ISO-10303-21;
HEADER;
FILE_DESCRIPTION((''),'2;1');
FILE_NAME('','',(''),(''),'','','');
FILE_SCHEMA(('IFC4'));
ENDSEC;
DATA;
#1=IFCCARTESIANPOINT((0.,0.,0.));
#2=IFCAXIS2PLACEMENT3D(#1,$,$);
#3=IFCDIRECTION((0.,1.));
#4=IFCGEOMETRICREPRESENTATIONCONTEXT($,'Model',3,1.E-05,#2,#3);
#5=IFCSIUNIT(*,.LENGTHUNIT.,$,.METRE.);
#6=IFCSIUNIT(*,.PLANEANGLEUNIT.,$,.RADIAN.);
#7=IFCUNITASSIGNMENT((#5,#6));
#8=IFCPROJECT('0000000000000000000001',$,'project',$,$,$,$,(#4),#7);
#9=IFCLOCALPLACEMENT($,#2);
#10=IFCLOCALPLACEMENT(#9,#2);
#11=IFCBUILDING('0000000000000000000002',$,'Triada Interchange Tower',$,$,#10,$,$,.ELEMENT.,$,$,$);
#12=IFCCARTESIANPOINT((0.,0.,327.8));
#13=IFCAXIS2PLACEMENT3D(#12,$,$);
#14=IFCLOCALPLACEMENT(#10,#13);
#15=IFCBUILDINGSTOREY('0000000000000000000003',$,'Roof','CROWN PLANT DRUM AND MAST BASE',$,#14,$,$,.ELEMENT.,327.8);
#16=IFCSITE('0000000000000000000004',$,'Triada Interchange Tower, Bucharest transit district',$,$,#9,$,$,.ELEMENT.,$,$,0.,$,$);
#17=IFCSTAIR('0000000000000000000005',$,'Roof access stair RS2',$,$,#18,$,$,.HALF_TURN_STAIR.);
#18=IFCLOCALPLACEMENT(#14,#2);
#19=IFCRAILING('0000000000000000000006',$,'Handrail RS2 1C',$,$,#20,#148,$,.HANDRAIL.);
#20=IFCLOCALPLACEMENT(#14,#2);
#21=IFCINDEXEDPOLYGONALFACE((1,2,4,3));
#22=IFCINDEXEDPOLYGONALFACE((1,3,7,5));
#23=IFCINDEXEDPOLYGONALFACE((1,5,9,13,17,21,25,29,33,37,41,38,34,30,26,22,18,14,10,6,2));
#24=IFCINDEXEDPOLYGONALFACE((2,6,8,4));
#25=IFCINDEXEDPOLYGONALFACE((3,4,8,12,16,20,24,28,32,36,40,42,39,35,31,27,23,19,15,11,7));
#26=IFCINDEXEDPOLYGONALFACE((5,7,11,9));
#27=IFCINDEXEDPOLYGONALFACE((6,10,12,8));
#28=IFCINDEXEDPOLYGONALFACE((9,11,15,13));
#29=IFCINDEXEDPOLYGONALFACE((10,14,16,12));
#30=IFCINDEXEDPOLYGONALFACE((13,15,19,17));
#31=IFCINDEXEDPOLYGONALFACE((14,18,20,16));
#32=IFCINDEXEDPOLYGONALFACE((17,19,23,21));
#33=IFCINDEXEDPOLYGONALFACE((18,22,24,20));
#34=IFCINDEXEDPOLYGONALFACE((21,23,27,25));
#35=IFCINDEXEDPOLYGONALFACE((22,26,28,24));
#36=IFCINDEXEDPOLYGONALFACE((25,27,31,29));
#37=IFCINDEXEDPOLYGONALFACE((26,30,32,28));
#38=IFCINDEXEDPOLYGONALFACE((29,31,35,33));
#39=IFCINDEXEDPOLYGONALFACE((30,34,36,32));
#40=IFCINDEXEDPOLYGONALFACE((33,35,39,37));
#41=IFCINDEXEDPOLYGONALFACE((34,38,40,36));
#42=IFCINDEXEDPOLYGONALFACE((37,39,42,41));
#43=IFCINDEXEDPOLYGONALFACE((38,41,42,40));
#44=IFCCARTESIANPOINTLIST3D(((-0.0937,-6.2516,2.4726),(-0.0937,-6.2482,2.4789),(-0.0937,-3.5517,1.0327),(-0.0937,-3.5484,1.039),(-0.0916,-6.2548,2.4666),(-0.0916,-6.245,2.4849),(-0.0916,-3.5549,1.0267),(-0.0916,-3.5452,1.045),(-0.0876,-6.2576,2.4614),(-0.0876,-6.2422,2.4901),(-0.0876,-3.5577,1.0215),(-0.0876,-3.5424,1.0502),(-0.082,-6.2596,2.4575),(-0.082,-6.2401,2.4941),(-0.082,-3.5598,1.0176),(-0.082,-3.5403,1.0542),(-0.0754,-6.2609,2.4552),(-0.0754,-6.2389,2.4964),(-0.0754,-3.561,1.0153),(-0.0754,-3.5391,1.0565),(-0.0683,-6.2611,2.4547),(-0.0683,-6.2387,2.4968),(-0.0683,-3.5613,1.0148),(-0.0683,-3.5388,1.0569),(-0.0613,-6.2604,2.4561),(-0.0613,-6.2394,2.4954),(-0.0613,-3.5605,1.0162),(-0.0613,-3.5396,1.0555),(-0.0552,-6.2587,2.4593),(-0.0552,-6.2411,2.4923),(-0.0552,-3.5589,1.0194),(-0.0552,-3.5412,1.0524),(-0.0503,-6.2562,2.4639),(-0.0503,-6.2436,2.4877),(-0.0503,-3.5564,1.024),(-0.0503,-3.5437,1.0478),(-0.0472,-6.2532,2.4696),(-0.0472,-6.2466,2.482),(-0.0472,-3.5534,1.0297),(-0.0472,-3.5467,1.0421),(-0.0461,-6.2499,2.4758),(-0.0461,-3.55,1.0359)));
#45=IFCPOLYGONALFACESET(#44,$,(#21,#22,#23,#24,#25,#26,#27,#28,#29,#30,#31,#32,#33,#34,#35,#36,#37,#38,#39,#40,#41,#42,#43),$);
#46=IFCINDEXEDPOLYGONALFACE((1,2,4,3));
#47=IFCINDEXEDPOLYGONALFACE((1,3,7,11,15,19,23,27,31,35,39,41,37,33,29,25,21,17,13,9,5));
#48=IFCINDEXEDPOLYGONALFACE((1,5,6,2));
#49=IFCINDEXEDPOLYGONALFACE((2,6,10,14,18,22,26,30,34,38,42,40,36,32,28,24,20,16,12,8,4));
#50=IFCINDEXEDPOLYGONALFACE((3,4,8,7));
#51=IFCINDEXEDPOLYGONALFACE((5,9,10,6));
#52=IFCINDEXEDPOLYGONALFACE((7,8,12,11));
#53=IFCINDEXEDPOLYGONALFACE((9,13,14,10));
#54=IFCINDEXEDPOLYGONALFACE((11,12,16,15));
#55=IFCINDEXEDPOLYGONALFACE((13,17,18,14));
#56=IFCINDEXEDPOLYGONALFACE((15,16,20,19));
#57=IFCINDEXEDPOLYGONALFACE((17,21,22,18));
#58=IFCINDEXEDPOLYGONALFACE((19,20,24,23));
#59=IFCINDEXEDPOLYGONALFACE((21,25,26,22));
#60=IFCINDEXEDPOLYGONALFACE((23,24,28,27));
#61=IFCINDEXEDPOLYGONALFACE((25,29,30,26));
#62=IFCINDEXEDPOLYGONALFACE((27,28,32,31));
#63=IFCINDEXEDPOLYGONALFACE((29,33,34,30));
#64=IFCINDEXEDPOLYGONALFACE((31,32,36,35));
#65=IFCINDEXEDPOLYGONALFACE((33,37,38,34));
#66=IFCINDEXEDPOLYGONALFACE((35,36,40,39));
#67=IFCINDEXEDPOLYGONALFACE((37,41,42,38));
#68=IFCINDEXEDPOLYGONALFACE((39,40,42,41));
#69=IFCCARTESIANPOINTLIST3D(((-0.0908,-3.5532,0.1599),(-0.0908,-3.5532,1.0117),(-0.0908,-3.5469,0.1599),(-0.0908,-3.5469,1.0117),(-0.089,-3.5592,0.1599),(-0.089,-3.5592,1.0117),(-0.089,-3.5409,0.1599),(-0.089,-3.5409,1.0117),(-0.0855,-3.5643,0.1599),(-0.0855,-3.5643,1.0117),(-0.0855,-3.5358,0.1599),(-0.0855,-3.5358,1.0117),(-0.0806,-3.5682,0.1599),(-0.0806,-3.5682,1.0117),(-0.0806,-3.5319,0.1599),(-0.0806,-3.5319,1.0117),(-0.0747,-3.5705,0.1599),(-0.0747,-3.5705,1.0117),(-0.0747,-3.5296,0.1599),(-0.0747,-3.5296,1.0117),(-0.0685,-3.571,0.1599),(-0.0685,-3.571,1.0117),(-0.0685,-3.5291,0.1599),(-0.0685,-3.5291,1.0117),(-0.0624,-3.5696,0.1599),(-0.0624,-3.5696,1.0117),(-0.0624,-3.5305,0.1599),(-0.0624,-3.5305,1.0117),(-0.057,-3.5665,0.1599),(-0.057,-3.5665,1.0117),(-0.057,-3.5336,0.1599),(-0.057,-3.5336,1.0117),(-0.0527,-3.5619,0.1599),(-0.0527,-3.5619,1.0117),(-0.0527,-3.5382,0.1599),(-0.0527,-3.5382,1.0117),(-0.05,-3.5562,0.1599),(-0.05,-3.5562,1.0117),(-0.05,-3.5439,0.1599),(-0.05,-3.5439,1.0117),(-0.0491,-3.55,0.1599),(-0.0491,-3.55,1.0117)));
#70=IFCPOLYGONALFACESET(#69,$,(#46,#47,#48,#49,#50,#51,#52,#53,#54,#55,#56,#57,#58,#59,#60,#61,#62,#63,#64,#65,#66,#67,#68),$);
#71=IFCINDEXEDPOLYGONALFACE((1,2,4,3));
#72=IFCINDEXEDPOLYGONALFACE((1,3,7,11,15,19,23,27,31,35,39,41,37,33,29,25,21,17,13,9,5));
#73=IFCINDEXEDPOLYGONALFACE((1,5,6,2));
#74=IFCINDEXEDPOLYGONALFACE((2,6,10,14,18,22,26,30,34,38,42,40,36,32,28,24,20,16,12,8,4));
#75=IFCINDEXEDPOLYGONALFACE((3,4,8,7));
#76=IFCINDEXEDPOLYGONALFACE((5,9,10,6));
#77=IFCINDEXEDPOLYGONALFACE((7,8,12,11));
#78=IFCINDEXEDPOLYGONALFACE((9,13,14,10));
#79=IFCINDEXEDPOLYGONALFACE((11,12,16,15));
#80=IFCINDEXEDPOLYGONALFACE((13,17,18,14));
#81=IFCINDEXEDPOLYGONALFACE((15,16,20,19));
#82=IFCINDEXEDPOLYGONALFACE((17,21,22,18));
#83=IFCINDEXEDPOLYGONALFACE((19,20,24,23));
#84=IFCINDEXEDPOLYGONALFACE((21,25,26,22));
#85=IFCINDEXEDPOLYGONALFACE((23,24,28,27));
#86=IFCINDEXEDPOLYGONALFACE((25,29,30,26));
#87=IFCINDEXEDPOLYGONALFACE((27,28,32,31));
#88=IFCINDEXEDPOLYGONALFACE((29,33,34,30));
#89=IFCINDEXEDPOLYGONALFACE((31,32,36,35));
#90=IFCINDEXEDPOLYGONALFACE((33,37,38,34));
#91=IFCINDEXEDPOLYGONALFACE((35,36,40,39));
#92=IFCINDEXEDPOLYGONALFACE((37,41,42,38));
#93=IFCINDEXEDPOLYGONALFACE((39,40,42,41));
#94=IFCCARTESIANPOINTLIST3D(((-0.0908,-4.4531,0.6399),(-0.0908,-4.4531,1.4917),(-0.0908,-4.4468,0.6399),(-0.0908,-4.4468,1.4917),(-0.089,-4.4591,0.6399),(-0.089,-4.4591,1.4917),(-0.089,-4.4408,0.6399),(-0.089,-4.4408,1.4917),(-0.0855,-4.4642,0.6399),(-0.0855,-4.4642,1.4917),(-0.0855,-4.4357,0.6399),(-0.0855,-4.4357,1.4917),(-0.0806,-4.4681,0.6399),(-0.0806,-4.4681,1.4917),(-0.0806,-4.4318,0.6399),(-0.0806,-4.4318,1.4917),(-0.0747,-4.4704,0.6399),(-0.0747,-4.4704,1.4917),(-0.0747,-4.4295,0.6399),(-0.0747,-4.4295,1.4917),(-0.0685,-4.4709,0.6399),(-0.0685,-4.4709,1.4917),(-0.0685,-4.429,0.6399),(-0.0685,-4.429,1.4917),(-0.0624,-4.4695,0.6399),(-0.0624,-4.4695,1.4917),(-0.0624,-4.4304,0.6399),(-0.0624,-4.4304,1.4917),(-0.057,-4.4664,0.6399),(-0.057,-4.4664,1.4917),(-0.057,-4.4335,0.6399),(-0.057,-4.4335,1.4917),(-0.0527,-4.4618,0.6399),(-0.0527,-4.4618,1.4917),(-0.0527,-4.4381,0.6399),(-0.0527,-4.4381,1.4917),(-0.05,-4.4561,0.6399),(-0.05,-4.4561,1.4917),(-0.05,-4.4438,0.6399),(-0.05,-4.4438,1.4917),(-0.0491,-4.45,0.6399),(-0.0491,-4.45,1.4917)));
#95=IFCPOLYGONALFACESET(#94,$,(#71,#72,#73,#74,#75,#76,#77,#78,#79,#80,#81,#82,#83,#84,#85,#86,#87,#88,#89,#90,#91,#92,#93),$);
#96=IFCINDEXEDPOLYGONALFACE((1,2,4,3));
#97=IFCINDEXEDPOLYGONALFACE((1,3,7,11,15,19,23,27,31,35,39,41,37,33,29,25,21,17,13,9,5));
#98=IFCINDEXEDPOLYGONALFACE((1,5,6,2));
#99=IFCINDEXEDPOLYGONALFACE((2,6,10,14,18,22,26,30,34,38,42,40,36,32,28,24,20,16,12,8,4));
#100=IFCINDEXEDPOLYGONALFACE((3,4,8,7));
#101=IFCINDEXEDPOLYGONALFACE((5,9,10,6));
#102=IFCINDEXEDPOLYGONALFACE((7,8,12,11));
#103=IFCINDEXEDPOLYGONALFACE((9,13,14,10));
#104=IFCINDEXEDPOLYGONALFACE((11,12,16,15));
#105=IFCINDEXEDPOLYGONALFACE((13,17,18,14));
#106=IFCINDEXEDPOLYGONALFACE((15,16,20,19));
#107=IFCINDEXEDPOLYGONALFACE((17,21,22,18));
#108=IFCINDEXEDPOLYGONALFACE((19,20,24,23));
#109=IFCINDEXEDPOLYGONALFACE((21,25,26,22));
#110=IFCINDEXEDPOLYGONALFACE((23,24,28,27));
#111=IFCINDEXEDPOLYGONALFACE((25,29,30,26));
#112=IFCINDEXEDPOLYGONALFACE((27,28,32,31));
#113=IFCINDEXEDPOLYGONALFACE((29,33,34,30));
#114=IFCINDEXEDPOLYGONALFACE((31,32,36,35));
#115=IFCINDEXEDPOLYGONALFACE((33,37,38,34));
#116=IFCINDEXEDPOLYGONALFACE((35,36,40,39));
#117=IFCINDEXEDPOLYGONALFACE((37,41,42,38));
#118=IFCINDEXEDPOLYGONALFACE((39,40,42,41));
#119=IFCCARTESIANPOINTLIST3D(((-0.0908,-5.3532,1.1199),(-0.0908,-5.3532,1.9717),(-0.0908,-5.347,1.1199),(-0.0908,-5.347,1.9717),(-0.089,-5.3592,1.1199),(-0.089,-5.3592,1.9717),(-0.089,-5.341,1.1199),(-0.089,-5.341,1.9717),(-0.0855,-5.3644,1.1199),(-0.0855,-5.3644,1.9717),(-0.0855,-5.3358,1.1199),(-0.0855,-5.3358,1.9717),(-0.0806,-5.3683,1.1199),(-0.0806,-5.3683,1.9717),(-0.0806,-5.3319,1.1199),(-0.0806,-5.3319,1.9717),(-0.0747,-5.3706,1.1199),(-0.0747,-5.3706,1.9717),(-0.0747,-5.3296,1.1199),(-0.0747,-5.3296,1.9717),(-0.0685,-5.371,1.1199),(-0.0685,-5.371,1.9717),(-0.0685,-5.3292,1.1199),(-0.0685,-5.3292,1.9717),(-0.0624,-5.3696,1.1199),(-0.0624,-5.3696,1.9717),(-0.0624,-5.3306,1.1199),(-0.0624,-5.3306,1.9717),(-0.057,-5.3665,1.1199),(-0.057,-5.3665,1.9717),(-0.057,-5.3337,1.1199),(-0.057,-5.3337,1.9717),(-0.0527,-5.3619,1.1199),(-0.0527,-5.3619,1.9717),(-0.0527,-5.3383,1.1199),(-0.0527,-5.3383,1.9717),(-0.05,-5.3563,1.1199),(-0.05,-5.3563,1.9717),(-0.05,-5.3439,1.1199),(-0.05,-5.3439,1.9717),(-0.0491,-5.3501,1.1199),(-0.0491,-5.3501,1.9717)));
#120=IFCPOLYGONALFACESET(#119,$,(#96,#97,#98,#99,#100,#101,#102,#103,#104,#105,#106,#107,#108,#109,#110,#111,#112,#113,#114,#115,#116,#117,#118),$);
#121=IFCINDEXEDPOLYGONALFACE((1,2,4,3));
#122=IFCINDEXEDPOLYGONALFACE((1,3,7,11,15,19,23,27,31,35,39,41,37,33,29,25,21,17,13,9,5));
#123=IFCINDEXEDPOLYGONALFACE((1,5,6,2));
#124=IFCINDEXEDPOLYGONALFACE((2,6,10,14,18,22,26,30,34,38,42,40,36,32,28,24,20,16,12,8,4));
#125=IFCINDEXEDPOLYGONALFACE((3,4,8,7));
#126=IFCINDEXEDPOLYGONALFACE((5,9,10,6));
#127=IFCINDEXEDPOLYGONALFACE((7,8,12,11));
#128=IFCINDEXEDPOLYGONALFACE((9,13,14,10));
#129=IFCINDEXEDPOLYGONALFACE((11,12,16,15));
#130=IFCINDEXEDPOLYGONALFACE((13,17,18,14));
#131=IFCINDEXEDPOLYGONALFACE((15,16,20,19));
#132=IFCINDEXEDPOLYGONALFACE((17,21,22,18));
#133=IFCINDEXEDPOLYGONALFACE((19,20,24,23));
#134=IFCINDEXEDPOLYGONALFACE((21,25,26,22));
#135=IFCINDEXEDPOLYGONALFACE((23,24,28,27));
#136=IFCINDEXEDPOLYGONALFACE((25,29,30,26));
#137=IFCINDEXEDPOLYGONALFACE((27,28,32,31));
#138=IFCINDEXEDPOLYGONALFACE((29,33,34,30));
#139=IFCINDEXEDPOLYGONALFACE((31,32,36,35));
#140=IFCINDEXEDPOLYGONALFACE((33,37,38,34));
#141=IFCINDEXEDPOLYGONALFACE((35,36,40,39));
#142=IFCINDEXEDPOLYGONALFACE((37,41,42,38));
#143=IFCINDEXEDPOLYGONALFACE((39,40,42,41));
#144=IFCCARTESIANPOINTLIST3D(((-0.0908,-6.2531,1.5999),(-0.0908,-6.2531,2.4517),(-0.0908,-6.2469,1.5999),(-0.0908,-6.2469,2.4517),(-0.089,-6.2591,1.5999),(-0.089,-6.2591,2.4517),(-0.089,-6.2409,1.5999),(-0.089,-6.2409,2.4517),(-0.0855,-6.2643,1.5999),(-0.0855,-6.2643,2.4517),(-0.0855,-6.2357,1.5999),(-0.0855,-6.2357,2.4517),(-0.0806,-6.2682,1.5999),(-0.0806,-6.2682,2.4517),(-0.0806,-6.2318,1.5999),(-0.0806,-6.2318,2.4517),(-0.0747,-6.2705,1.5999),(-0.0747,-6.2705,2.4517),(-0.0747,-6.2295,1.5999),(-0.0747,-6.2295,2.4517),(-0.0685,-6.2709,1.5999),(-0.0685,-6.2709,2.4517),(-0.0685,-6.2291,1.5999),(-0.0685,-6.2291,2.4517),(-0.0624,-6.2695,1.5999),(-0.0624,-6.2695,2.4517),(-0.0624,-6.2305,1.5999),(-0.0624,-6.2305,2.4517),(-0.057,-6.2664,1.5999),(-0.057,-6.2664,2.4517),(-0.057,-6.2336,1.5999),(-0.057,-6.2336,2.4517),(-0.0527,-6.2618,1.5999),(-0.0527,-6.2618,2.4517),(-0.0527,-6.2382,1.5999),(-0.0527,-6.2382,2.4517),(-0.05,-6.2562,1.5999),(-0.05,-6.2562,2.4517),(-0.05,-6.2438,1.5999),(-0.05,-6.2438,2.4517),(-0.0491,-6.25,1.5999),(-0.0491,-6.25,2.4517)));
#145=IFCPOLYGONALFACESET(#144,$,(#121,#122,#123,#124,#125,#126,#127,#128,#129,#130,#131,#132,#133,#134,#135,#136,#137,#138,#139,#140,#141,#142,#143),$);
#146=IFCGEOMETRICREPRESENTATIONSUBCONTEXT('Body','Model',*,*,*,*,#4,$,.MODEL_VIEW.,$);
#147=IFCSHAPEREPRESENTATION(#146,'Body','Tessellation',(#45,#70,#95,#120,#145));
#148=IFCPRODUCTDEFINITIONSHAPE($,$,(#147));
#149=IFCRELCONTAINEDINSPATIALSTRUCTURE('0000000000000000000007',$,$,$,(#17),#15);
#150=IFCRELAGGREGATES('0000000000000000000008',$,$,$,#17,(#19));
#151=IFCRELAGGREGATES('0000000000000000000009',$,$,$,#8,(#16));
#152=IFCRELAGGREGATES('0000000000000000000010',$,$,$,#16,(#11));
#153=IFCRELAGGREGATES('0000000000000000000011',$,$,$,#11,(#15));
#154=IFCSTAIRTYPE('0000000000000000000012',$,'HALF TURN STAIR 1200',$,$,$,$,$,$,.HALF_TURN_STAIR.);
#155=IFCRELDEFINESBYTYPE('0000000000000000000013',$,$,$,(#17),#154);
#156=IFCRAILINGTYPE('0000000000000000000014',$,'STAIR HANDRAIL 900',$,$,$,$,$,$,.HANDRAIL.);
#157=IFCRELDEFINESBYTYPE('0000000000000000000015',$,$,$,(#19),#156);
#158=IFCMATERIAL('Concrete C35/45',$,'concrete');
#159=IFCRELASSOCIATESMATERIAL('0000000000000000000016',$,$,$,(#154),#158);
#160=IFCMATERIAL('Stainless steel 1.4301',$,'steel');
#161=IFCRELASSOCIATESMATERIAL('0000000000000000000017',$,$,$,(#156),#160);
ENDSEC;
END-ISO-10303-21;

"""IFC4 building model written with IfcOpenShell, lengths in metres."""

from ifc_helpers import new_model, si_unit, direction, frame, origin, origin_2d, place, context, subcontext, project, spatial, circle, extrude, material, type_object, element, aggregate, save


model = new_model("IFC4")

# Units and contexts
model_context = context("Model", 3, precision=1e-05, world=origin(), true_north=direction((0.0, 1.0)))
body_context = subcontext(model_context, "Body", "Model", "MODEL_VIEW")
ifc_project = project(units=[si_unit("LENGTHUNIT", "METRE"), si_unit("PLANEANGLEUNIT", "RADIAN")], contexts=[model_context])

# Site, building, storey
site_placement = place(None, origin())
site = spatial("IfcSite", under=ifc_project, at=site_placement, Name="Triada Interchange Tower, Bucharest transit district", CompositionType="ELEMENT", RefElevation=0.0)
building_placement = place(site_placement, origin())
building = spatial("IfcBuilding", under=site, at=building_placement, Name="Triada Interchange Tower", CompositionType="ELEMENT")
storey_placement = place(building_placement, frame((0.0, 0.0, 327.8)))
storey = spatial("IfcBuildingStorey", under=building, at=storey_placement, Name="Roof", Description="CROWN PLANT DRUM AND MAST BASE", CompositionType="ELEMENT", Elevation=327.8)

# Stair
ifc_material_1 = material(Name="Concrete C35/45", Category="concrete")
stair_type = type_object("IfcStairType", Name="HALF TURN STAIR 1200", PredefinedType="HALF_TURN_STAIR", material=ifc_material_1)
stair_placement = place(storey_placement, origin())
stair = element("IfcStair", 1, at=stair_placement, inside=storey, type_object=stair_type, Name="Roof access stair RS2", PredefinedType="HALF_TURN_STAIR")

# Railing
ifc_material_2 = material(Name="Stainless steel 1.4301", Category="steel")
railing_type = type_object("IfcRailingType", Name="STAIR HANDRAIL 900", PredefinedType="HANDRAIL", material=ifc_material_2)
railing_1_placement = place(storey_placement, frame((-0.0701, -3.55, 0.1599)))
railing_1 = element("IfcRailing", 2, at=railing_1_placement, type_object=railing_type, Name="Handrail RS2 1C", PredefinedType="HANDRAIL", context=body_context, shape_type="SweptSolid", body=[
    extrude(circle(Radius=0.0239, at=origin_2d()), frame((0.0, 0.0, 0.876), z_axis=(0.0, -0.882357, 0.47058), x_axis=(1.0, 0.0, 0.0)), (0.0, 0.0, 1.0), 3.0598),
    extrude(circle(Radius=0.021, at=origin_2d()), origin(), (0.0, 0.0, 1.0), 0.8518),
    extrude(circle(Radius=0.021, at=origin_2d()), frame((0.0, -0.8999, 0.48)), (0.0, 0.0, 1.0), 0.8518),
    extrude(circle(Radius=0.021, at=origin_2d()), frame((0.0, -1.8, 0.96)), (0.0, 0.0, 1.0), 0.8518),
    extrude(circle(Radius=0.021, at=origin_2d()), frame((0.0, -2.7, 1.4399)), (0.0, 0.0, 1.0), 0.8518),
])
aggregate(stair, [railing_1])

save(model, "model.ifc")
